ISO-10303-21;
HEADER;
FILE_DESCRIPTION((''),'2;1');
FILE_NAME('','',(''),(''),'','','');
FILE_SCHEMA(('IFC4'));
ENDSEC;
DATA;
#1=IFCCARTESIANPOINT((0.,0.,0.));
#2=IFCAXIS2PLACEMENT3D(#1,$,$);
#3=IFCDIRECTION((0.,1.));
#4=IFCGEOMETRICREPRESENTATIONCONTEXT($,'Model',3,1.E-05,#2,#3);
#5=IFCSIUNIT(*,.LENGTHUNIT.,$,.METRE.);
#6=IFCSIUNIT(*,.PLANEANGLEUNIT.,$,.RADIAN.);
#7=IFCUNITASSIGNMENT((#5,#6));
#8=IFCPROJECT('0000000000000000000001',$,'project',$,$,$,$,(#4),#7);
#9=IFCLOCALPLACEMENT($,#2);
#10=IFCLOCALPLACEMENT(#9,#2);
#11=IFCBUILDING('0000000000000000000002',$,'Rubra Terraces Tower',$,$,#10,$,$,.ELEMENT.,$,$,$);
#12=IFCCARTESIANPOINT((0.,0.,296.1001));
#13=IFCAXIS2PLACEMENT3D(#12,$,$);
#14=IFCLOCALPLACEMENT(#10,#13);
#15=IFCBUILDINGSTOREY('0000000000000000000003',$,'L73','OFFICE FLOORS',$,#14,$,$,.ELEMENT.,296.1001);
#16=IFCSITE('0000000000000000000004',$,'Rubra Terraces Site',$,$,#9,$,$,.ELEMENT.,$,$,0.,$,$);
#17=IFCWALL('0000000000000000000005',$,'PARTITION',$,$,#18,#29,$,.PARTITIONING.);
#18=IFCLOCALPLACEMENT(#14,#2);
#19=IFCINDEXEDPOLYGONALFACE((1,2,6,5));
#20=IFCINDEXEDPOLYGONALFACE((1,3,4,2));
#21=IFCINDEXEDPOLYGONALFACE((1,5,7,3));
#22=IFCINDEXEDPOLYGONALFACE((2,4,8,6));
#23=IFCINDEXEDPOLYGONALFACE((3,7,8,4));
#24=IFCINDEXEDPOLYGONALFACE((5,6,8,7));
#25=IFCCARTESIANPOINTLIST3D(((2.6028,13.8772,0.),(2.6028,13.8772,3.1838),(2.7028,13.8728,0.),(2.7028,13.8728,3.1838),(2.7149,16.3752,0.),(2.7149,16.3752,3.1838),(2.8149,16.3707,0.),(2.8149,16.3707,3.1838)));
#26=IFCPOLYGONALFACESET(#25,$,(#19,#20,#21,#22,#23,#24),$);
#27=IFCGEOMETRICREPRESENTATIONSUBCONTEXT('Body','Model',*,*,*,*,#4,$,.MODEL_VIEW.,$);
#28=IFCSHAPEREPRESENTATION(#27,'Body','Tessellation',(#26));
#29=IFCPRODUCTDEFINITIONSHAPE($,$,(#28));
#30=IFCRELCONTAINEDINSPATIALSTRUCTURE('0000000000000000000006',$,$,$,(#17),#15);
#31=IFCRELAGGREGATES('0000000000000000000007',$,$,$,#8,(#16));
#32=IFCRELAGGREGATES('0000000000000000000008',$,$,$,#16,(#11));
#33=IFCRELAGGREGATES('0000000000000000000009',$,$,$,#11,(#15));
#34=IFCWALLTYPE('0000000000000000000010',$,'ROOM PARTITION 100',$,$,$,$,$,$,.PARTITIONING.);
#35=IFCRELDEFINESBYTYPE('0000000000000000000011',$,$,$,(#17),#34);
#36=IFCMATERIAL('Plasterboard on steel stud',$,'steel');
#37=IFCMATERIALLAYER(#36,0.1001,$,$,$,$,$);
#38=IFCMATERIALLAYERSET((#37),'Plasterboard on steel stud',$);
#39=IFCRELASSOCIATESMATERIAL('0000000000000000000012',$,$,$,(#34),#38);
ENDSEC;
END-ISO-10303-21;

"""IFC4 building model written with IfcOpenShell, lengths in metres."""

from ifc_helpers import new_model, si_unit, direction, frame, frame_2d, origin, place, context, subcontext, project, spatial, rectangle, extrude, material, layer, layer_set, type_object, element, save


model = new_model("IFC4")

# Units and contexts
model_context = context("Model", 3, precision=1e-05, world=origin(), true_north=direction((0.0, 1.0)))
body_context = subcontext(model_context, "Body", "Model", "MODEL_VIEW")
ifc_project = project(units=[si_unit("LENGTHUNIT", "METRE"), si_unit("PLANEANGLEUNIT", "RADIAN")], contexts=[model_context])

# Site, building, storey
site_placement = place(None, origin())
site = spatial("IfcSite", under=ifc_project, at=site_placement, Name="Rubra Terraces Site", CompositionType="ELEMENT", RefElevation=0.0)
building_placement = place(site_placement, origin())
building = spatial("IfcBuilding", under=site, at=building_placement, Name="Rubra Terraces Tower", CompositionType="ELEMENT")
storey_placement = place(building_placement, frame((0.0, 0.0, 296.1001)))
storey = spatial("IfcBuildingStorey", under=building, at=storey_placement, Name="L73", Description="OFFICE FLOORS", CompositionType="ELEMENT", Elevation=296.1001)

# Wall
ifc_material_1 = material(Name="Plasterboard on steel stud", Category="steel")
ifc_layer_1 = layer(ifc_material_1, 0.1001)
ifc_layer_set_1 = layer_set([ifc_layer_1], Name="Plasterboard on steel stud")
wall_type_1 = type_object("IfcWallType", Name="ROOM PARTITION 100", PredefinedType="PARTITIONING", material=ifc_layer_set_1)
wall_1_placement = place(storey_placement, frame((2.6528, 13.875, 0.0), z_axis=(0.0, 0.0, 1.0), x_axis=(0.044814, 0.998995, 0.0)))
element("IfcWall", 1, at=wall_1_placement, inside=storey, type_object=wall_type_1, Name="PARTITION", PredefinedType="PARTITIONING", context=body_context, shape_type="SweptSolid", body=[
    extrude(rectangle(XDim=2.5005, YDim=0.1001, at=frame_2d((1.2502, 0.0))), origin(), (0.0, 0.0, 1.0), 3.1838),
])

save(model, "model.ifc")
